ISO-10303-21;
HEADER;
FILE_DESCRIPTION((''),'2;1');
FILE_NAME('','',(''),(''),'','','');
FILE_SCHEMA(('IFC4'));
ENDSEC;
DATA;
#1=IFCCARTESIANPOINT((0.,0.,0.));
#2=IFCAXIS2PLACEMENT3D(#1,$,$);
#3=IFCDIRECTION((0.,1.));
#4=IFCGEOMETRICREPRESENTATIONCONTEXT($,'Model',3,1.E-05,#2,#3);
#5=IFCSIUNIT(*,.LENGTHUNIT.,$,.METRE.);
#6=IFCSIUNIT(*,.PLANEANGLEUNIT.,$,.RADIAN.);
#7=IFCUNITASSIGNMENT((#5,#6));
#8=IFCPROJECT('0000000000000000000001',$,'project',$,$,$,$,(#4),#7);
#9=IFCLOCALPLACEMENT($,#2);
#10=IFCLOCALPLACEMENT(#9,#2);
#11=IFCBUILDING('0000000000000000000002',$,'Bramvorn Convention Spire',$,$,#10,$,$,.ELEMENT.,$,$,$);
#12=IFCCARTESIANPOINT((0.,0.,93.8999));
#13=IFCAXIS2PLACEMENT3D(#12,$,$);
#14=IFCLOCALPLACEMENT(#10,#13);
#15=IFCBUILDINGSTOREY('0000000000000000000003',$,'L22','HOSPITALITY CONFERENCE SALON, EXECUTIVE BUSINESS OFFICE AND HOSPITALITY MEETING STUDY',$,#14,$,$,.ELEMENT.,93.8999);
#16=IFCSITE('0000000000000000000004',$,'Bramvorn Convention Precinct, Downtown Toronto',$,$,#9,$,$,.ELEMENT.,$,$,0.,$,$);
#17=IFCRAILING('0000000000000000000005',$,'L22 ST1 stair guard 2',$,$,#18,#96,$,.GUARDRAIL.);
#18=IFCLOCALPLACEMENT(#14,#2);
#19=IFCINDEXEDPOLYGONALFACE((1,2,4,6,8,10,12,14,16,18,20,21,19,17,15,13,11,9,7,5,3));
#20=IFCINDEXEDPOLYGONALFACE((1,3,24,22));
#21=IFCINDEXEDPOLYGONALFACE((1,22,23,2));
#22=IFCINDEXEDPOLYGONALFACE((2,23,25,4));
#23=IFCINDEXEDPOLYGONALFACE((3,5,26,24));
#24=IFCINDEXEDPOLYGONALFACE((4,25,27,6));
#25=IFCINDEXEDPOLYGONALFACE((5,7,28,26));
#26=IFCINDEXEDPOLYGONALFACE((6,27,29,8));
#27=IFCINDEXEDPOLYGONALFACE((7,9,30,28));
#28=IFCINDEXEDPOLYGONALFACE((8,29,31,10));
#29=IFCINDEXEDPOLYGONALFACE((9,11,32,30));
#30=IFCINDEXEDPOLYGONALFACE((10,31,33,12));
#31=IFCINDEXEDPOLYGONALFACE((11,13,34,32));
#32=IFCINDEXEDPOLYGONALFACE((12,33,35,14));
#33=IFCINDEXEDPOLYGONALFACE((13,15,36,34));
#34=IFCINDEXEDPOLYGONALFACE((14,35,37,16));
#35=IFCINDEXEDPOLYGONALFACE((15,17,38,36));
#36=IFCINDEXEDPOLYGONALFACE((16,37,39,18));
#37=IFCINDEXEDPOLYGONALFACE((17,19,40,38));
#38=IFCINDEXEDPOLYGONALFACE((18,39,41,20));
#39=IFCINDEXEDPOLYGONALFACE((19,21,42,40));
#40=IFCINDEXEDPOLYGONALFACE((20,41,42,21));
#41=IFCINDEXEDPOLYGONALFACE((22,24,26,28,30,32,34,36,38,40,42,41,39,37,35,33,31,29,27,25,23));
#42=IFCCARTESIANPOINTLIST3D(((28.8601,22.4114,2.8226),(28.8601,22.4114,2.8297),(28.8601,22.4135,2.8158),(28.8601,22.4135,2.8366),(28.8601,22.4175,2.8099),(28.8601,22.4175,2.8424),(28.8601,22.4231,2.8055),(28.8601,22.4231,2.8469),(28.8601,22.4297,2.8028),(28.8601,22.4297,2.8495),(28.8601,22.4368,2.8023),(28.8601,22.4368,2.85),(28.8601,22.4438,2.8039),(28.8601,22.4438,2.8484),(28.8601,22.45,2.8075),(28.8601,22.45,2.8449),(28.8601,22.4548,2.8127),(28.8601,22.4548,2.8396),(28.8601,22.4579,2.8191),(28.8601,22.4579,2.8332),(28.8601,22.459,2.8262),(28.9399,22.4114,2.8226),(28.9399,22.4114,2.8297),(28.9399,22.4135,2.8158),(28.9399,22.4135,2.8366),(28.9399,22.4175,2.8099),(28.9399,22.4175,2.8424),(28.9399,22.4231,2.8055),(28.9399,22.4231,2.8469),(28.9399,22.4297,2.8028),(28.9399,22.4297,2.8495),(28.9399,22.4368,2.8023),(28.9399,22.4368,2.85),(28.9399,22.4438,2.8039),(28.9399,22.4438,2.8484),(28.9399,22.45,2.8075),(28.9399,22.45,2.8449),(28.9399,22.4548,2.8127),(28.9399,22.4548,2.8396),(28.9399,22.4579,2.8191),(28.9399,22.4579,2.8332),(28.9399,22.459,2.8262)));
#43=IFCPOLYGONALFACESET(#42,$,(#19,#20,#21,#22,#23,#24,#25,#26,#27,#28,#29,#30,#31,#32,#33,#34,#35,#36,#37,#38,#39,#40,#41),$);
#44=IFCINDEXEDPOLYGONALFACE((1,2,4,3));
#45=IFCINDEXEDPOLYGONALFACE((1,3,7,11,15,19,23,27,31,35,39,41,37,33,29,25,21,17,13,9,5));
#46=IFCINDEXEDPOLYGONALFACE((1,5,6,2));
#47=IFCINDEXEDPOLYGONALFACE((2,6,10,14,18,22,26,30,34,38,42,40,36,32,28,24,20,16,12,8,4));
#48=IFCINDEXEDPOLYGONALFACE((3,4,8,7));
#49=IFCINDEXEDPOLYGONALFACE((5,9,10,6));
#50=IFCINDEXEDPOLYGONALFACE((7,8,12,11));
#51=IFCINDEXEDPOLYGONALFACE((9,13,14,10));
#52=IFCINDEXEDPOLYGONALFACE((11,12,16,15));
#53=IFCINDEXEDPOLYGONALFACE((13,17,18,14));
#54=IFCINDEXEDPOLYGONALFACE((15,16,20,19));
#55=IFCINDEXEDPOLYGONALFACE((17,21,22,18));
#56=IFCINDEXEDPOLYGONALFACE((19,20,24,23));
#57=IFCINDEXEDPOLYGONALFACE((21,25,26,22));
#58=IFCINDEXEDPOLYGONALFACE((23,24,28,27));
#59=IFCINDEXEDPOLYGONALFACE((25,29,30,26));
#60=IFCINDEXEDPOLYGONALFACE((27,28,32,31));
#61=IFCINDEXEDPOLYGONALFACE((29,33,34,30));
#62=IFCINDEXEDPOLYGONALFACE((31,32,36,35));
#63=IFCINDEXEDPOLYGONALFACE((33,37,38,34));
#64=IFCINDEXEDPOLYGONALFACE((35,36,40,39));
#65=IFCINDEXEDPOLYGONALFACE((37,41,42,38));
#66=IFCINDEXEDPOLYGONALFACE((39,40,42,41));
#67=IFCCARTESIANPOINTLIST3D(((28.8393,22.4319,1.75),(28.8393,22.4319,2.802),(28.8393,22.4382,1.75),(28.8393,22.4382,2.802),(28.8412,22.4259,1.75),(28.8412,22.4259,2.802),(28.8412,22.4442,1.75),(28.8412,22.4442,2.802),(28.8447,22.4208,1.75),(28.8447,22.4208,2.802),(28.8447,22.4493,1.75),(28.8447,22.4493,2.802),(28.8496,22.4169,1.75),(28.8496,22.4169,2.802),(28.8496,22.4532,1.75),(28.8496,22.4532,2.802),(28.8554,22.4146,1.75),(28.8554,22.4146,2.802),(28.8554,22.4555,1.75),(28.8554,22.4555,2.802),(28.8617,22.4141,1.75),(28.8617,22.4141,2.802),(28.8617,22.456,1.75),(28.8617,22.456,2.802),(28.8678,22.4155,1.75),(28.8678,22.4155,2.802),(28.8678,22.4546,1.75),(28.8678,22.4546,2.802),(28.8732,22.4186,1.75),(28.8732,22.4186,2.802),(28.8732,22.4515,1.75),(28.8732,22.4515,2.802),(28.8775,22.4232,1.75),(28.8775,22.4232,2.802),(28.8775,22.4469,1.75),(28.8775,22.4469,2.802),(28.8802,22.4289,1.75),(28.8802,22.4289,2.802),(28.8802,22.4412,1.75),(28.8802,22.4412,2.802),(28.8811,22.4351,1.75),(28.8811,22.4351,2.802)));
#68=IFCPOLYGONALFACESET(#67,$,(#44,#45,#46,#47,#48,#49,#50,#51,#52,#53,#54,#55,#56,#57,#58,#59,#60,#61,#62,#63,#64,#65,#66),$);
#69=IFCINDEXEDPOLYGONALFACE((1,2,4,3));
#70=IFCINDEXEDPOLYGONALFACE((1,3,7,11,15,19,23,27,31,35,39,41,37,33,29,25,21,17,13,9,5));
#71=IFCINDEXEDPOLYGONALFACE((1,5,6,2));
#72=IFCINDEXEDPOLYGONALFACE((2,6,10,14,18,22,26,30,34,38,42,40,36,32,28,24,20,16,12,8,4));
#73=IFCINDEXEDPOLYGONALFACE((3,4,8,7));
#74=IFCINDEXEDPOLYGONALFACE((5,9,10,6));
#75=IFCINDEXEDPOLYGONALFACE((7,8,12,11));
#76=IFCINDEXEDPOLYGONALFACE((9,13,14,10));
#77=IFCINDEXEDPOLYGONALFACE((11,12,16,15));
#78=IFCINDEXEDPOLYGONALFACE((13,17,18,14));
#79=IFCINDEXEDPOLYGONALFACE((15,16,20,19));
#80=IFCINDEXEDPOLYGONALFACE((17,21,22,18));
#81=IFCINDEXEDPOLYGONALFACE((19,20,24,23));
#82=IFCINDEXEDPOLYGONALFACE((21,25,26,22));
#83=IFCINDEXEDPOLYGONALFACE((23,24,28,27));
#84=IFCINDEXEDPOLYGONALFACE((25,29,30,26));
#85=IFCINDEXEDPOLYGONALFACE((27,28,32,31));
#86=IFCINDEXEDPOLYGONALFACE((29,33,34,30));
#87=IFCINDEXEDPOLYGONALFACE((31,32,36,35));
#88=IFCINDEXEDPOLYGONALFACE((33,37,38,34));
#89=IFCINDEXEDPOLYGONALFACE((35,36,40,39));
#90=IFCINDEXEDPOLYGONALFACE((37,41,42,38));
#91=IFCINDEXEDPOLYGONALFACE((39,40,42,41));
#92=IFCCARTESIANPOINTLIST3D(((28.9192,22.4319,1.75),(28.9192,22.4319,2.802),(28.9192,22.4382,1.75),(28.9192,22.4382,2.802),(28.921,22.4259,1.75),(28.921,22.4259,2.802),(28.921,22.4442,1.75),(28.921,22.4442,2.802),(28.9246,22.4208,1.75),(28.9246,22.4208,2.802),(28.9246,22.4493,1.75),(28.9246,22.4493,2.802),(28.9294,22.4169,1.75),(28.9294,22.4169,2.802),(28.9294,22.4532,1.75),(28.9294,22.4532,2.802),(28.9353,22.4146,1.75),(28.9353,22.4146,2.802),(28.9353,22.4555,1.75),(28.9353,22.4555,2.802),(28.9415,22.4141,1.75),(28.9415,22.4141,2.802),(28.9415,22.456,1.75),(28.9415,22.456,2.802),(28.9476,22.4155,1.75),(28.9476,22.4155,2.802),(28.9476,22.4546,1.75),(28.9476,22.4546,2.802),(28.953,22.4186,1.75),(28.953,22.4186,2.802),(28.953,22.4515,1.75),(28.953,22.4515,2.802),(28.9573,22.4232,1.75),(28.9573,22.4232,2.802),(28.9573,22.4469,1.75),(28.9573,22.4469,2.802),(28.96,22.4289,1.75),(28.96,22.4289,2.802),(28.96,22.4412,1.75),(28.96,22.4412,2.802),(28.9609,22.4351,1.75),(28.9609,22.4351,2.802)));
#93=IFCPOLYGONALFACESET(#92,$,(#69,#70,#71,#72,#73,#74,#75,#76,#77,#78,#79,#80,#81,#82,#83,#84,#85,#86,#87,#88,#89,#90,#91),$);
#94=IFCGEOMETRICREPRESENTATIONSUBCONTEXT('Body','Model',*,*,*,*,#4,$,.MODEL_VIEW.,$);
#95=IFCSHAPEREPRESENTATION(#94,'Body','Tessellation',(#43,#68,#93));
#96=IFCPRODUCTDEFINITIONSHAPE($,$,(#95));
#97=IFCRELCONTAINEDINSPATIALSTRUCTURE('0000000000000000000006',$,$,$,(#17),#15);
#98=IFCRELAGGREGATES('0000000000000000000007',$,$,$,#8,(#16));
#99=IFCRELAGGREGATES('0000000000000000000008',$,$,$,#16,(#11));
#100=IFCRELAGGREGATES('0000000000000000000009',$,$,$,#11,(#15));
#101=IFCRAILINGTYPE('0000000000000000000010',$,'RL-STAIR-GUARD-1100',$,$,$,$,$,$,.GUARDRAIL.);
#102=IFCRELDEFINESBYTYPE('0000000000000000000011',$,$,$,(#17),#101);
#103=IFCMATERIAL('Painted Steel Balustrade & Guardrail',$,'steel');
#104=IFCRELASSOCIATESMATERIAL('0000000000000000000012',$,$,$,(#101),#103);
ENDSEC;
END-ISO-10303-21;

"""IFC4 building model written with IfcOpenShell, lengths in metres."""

from ifc_helpers import new_model, si_unit, direction, frame, origin, origin_2d, place, context, subcontext, project, spatial, circle, extrude, material, type_object, element, save


model = new_model("IFC4")

# Units and contexts
model_context = context("Model", 3, precision=1e-05, world=origin(), true_north=direction((0.0, 1.0)))
body_context = subcontext(model_context, "Body", "Model", "MODEL_VIEW")
ifc_project = project(units=[si_unit("LENGTHUNIT", "METRE"), si_unit("PLANEANGLEUNIT", "RADIAN")], contexts=[model_context])

# Site, building, storey
site_placement = place(None, origin())
site = spatial("IfcSite", under=ifc_project, at=site_placement, Name="Bramvorn Convention Precinct, Downtown Toronto", CompositionType="ELEMENT", RefElevation=0.0)
building_placement = place(site_placement, origin())
building = spatial("IfcBuilding", under=site, at=building_placement, Name="Bramvorn Convention Spire", CompositionType="ELEMENT")
storey_placement = place(building_placement, frame((0.0, 0.0, 93.8999)))
storey = spatial("IfcBuildingStorey", under=building, at=storey_placement, Name="L22", Description="HOSPITALITY CONFERENCE SALON, EXECUTIVE BUSINESS OFFICE AND HOSPITALITY MEETING STUDY", CompositionType="ELEMENT", Elevation=93.8999)

# Railing
ifc_material_1 = material(Name="Painted Steel Balustrade & Guardrail", Category="steel")
railing_type_1 = type_object("IfcRailingType", Name="RL-STAIR-GUARD-1100", PredefinedType="GUARDRAIL", material=ifc_material_1)
railing_1_placement = place(storey_placement, frame((28.8601, 22.4351, 1.75)))
element("IfcRailing", 1, at=railing_1_placement, inside=storey, type_object=railing_type_1, Name="L22 ST1 stair guard 2", PredefinedType="GUARDRAIL", context=body_context, shape_type="SweptSolid", body=[
    extrude(circle(Radius=0.0239, at=origin_2d()), frame((0.0, 0.0, 1.0762), z_axis=(1.0, 0.0, 0.0), x_axis=(0.0, 1.0, 0.0)), (0.0, 0.0, 1.0), 0.0798),
    extrude(circle(Radius=0.021, at=origin_2d()), origin(), (0.0, 0.0, 1.0), 1.052),
    extrude(circle(Radius=0.021, at=origin_2d()), frame((0.0798, 0.0, 0.0)), (0.0, 0.0, 1.0), 1.052),
])

save(model, "model.ifc")
